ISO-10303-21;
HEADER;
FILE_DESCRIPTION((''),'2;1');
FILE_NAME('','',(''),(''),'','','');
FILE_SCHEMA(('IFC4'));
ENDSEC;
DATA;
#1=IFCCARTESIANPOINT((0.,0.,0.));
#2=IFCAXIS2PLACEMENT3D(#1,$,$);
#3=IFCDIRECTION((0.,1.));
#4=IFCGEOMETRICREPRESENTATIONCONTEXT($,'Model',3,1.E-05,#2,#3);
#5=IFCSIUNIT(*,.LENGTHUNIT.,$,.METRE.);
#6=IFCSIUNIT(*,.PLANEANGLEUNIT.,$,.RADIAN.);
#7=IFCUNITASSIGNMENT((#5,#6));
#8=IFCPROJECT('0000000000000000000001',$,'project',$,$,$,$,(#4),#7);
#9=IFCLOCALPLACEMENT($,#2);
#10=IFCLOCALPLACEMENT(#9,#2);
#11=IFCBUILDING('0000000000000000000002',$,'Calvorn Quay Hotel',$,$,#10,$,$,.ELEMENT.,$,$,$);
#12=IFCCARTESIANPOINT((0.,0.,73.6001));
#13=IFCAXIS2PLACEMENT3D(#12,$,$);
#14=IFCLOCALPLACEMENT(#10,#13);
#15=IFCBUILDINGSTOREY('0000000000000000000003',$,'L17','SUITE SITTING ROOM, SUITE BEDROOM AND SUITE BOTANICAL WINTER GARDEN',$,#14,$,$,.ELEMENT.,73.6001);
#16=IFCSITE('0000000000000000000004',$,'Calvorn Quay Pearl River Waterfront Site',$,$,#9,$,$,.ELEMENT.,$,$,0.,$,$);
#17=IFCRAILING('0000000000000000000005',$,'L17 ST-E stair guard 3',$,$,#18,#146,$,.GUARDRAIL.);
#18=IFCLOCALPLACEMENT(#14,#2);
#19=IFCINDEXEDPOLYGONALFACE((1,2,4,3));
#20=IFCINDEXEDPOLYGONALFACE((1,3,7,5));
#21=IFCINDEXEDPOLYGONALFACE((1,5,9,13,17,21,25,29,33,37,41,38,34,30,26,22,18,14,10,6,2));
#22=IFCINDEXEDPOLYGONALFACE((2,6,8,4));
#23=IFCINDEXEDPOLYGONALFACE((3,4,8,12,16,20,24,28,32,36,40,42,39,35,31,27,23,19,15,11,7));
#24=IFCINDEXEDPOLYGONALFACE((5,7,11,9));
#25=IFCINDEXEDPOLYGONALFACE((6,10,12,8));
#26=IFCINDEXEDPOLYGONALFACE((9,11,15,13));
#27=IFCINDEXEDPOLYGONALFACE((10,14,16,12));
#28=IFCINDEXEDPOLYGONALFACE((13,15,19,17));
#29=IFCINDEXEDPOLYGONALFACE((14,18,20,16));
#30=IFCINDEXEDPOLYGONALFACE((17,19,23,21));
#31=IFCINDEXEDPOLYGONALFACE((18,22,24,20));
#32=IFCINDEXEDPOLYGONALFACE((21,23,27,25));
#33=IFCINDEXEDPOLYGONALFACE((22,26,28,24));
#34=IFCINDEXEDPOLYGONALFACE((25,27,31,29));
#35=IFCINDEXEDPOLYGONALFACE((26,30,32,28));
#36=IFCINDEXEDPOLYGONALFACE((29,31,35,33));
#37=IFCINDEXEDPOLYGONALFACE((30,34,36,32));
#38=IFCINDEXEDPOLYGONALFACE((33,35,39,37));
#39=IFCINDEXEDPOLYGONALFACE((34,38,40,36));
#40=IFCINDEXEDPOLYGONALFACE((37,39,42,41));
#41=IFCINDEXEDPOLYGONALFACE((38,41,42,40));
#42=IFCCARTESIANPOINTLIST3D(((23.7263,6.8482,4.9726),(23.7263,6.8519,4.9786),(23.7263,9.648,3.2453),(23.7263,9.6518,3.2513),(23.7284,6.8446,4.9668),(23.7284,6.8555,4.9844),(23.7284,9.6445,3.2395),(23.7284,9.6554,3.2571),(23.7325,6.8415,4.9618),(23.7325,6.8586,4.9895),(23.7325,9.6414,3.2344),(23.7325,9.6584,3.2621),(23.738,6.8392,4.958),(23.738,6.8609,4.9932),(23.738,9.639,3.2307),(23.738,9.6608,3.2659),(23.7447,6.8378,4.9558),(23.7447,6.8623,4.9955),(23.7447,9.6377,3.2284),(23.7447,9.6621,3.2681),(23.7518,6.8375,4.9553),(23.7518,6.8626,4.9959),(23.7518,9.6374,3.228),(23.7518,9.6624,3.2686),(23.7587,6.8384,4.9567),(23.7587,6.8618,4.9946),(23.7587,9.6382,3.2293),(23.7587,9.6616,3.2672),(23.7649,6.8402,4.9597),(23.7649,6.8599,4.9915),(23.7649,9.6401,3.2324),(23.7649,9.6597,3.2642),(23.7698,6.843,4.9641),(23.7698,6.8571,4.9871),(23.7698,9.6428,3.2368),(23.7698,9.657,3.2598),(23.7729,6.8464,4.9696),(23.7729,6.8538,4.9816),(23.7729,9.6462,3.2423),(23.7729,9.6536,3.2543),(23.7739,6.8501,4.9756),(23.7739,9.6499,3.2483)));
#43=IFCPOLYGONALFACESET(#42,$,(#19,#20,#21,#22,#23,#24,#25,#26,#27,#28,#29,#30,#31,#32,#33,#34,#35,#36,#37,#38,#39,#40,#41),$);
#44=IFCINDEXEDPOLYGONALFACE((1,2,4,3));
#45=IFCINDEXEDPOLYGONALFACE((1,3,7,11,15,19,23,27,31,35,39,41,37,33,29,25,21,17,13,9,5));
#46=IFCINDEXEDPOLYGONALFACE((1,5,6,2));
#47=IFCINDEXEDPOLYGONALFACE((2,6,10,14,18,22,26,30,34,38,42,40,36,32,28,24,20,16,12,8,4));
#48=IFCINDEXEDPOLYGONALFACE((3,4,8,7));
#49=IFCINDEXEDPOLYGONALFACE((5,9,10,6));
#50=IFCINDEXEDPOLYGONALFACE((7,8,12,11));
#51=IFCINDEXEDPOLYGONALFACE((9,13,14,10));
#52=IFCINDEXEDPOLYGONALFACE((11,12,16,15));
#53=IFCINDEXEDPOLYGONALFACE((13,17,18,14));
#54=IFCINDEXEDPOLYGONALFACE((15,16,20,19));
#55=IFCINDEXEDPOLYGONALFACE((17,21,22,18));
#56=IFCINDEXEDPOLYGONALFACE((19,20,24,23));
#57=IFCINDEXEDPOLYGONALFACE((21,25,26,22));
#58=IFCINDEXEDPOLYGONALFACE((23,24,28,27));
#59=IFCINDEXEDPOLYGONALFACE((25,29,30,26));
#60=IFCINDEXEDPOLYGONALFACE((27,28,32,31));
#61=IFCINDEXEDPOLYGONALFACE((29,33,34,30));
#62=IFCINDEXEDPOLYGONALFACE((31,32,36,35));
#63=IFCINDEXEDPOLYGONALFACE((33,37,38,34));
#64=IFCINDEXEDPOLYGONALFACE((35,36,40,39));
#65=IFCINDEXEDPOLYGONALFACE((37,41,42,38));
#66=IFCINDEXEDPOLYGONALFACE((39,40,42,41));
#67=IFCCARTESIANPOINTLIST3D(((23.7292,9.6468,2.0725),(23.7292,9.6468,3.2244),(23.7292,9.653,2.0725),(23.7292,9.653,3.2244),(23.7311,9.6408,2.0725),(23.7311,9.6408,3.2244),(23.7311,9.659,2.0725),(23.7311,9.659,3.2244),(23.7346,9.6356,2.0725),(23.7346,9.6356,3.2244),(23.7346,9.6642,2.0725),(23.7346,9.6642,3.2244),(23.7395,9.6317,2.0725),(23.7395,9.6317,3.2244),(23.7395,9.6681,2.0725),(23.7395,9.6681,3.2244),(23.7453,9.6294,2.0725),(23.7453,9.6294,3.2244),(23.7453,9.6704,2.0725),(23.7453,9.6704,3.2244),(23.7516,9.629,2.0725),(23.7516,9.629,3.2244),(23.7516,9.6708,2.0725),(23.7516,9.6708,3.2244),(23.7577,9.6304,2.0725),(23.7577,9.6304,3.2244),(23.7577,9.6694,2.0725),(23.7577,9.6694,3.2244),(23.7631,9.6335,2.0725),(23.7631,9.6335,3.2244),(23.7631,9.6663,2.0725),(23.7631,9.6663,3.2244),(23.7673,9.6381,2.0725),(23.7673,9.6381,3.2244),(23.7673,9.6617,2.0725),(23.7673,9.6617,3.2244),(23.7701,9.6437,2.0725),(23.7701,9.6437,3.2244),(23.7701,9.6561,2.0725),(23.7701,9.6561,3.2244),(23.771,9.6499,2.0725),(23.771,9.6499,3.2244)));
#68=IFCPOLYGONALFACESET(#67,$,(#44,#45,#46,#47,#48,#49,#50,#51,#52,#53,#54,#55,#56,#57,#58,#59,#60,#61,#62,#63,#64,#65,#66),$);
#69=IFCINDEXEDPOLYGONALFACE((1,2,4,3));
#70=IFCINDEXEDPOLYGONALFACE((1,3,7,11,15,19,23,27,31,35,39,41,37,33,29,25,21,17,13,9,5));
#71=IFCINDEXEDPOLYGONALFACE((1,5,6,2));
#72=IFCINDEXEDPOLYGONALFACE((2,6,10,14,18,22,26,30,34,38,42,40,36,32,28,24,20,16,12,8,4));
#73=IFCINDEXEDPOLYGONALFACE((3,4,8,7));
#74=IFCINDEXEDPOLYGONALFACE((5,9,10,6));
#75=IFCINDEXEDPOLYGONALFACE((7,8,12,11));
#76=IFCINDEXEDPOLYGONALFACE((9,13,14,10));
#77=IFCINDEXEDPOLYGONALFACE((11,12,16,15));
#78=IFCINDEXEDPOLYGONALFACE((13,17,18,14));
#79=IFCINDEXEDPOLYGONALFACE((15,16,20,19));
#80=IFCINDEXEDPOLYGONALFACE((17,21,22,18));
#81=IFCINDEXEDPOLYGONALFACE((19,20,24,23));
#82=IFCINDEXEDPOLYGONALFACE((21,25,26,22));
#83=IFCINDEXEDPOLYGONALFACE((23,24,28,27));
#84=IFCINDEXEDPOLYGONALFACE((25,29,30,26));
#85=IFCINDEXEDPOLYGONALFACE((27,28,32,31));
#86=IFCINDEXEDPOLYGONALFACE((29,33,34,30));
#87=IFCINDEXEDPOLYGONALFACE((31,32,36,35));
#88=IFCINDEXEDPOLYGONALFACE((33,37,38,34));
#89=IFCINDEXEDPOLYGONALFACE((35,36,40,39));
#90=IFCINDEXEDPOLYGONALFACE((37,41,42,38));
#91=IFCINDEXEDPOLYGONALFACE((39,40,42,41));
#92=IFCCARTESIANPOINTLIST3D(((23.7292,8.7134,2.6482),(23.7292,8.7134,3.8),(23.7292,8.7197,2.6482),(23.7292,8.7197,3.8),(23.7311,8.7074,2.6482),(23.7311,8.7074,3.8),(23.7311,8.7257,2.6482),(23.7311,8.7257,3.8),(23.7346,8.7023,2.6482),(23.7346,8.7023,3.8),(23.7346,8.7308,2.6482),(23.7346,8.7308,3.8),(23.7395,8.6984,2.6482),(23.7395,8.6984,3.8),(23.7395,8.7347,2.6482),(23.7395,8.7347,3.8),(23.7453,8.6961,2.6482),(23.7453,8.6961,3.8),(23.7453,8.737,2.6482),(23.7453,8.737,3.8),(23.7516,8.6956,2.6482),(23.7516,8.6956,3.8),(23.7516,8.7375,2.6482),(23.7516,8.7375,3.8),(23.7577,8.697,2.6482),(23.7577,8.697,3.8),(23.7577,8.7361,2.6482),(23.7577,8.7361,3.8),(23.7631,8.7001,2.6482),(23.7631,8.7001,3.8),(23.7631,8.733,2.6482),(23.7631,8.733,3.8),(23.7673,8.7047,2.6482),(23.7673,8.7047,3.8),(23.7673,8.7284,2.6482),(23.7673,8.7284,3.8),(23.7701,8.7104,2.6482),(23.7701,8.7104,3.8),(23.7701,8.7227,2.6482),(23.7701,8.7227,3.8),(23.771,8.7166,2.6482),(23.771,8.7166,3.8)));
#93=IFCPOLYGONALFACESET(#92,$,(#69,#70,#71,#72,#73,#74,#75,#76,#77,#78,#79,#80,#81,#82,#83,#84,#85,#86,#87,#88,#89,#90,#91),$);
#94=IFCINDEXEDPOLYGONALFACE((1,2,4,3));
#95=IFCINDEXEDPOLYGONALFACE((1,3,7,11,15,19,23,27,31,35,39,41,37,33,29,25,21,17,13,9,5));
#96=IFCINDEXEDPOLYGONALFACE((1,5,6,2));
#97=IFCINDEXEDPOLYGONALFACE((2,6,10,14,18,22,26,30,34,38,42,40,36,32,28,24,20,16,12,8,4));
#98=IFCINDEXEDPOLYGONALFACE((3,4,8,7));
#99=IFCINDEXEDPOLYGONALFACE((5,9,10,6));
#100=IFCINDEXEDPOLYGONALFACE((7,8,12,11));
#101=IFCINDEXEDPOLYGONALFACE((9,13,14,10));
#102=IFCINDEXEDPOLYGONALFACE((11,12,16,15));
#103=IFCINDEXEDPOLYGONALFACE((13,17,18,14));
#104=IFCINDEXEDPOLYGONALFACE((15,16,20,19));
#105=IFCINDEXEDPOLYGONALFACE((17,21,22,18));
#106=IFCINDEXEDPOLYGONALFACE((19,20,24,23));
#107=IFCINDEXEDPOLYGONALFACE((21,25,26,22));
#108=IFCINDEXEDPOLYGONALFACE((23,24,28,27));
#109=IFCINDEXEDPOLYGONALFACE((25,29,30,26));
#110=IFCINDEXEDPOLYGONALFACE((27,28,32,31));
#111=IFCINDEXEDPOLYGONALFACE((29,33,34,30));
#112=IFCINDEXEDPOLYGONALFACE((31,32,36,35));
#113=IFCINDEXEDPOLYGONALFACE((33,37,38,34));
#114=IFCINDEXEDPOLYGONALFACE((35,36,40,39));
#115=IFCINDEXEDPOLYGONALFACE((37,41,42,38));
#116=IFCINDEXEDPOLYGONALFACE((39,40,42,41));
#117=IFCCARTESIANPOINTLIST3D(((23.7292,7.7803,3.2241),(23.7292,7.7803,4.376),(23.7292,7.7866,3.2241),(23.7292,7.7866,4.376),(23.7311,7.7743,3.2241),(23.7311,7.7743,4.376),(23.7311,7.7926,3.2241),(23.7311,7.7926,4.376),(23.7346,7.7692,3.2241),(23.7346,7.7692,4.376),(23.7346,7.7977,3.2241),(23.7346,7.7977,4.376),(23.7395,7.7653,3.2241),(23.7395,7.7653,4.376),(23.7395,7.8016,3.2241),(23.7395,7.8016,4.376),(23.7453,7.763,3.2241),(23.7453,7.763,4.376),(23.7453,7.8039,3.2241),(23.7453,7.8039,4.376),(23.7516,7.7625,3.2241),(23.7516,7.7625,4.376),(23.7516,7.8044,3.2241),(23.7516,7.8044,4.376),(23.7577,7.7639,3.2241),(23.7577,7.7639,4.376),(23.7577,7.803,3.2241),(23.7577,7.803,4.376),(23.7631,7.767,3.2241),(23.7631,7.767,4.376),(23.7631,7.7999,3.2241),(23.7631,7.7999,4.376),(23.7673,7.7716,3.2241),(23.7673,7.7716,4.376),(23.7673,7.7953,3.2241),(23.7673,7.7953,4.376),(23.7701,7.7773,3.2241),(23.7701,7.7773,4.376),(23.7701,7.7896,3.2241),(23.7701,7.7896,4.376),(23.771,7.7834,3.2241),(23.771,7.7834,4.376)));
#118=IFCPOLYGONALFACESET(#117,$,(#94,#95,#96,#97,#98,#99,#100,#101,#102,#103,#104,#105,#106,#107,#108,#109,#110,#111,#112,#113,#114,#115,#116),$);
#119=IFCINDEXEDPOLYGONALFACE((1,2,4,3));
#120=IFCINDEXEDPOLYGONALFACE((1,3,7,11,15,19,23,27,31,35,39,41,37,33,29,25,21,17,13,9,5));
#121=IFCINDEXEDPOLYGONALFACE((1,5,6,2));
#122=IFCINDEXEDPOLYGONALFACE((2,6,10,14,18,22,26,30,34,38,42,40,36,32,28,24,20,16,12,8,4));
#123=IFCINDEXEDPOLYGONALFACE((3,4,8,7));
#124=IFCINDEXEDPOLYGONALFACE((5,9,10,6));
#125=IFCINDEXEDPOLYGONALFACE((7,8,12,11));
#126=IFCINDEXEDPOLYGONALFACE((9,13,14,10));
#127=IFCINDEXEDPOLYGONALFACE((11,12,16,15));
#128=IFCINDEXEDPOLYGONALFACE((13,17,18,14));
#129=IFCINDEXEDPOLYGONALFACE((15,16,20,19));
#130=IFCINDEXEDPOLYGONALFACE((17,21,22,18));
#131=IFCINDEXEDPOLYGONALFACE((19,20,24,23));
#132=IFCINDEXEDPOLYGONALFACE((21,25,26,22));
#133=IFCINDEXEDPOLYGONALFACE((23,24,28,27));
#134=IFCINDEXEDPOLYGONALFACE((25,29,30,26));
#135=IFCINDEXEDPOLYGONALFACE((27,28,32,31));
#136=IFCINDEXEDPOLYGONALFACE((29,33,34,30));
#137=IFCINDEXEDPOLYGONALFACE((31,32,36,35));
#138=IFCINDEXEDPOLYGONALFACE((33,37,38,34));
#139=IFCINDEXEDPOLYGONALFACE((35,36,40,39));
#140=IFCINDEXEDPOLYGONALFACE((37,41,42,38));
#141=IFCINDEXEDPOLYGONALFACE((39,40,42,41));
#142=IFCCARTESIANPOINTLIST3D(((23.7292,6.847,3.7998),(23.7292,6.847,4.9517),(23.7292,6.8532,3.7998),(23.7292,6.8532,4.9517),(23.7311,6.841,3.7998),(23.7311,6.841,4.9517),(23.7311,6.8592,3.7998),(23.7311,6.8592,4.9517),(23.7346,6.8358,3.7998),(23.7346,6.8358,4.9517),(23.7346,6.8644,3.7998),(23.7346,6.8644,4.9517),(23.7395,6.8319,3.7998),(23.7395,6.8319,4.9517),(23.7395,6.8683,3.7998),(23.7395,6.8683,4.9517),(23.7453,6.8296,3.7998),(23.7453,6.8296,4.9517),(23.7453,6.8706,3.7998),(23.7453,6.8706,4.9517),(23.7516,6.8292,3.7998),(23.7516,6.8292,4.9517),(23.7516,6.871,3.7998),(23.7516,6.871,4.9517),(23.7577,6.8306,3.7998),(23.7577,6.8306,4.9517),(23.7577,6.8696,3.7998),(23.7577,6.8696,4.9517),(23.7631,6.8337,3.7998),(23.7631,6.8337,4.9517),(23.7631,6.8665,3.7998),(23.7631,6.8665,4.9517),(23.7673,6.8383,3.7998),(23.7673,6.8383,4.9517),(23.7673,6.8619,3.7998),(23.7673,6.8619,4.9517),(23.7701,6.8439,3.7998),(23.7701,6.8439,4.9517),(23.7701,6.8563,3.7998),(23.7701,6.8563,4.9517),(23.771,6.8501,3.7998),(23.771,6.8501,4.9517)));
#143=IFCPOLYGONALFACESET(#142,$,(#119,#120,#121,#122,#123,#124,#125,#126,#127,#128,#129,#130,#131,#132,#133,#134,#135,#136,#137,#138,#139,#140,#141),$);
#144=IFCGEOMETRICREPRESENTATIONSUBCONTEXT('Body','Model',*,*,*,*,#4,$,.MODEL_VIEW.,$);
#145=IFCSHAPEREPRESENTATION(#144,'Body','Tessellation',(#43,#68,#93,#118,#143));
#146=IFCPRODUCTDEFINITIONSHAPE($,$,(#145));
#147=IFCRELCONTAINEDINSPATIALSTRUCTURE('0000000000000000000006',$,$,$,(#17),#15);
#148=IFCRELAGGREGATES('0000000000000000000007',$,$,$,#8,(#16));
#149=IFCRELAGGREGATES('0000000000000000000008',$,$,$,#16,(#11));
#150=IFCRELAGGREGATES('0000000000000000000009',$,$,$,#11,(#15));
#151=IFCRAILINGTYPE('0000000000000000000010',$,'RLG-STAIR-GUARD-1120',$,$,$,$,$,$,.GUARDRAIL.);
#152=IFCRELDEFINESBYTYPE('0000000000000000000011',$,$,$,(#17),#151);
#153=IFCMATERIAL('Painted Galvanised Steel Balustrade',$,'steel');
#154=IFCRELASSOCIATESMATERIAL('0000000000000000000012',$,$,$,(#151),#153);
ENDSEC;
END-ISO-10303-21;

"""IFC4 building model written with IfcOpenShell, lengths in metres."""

from ifc_helpers import new_model, si_unit, direction, frame, origin, origin_2d, place, context, subcontext, project, spatial, circle, extrude, material, type_object, element, save


model = new_model("IFC4")

# Units and contexts
model_context = context("Model", 3, precision=1e-05, world=origin(), true_north=direction((0.0, 1.0)))
body_context = subcontext(model_context, "Body", "Model", "MODEL_VIEW")
ifc_project = project(units=[si_unit("LENGTHUNIT", "METRE"), si_unit("PLANEANGLEUNIT", "RADIAN")], contexts=[model_context])

# Site, building, storey
site_placement = place(None, origin())
site = spatial("IfcSite", under=ifc_project, at=site_placement, Name="Calvorn Quay Pearl River Waterfront Site", CompositionType="ELEMENT", RefElevation=0.0)
building_placement = place(site_placement, origin())
building = spatial("IfcBuilding", under=site, at=building_placement, Name="Calvorn Quay Hotel", CompositionType="ELEMENT")
storey_placement = place(building_placement, frame((0.0, 0.0, 73.6001)))
storey = spatial("IfcBuildingStorey", under=building, at=storey_placement, Name="L17", Description="SUITE SITTING ROOM, SUITE BEDROOM AND SUITE BOTANICAL WINTER GARDEN", CompositionType="ELEMENT", Elevation=73.6001)

# Railing
ifc_material_1 = material(Name="Painted Galvanised Steel Balustrade", Category="steel")
railing_type_1 = type_object("IfcRailingType", Name="RLG-STAIR-GUARD-1120", PredefinedType="GUARDRAIL", material=ifc_material_1)
railing_1_placement = place(storey_placement, frame((23.75, 9.6499, 2.0725)))
element("IfcRailing", 1, at=railing_1_placement, inside=storey, type_object=railing_type_1, Name="L17 ST-E stair guard 3", PredefinedType="GUARDRAIL", context=body_context, shape_type="SweptSolid", body=[
    extrude(circle(Radius=0.0239, at=origin_2d()), frame((0.0, 0.0, 1.1758), z_axis=(0.0, -0.851069, 0.525054), x_axis=(1.0, 0.0, 0.0)), (0.0, 0.0, 1.0), 3.2898),
    extrude(circle(Radius=0.021, at=origin_2d()), origin(), (0.0, 0.0, 1.0), 1.1519),
    extrude(circle(Radius=0.021, at=origin_2d()), frame((0.0, -0.9333, 0.5757)), (0.0, 0.0, 1.0), 1.1519),
    extrude(circle(Radius=0.021, at=origin_2d()), frame((0.0, -1.8665, 1.1516)), (0.0, 0.0, 1.0), 1.1519),
    extrude(circle(Radius=0.021, at=origin_2d()), frame((0.0, -2.7998, 1.7273)), (0.0, 0.0, 1.0), 1.1519),
])

save(model, "model.ifc")
